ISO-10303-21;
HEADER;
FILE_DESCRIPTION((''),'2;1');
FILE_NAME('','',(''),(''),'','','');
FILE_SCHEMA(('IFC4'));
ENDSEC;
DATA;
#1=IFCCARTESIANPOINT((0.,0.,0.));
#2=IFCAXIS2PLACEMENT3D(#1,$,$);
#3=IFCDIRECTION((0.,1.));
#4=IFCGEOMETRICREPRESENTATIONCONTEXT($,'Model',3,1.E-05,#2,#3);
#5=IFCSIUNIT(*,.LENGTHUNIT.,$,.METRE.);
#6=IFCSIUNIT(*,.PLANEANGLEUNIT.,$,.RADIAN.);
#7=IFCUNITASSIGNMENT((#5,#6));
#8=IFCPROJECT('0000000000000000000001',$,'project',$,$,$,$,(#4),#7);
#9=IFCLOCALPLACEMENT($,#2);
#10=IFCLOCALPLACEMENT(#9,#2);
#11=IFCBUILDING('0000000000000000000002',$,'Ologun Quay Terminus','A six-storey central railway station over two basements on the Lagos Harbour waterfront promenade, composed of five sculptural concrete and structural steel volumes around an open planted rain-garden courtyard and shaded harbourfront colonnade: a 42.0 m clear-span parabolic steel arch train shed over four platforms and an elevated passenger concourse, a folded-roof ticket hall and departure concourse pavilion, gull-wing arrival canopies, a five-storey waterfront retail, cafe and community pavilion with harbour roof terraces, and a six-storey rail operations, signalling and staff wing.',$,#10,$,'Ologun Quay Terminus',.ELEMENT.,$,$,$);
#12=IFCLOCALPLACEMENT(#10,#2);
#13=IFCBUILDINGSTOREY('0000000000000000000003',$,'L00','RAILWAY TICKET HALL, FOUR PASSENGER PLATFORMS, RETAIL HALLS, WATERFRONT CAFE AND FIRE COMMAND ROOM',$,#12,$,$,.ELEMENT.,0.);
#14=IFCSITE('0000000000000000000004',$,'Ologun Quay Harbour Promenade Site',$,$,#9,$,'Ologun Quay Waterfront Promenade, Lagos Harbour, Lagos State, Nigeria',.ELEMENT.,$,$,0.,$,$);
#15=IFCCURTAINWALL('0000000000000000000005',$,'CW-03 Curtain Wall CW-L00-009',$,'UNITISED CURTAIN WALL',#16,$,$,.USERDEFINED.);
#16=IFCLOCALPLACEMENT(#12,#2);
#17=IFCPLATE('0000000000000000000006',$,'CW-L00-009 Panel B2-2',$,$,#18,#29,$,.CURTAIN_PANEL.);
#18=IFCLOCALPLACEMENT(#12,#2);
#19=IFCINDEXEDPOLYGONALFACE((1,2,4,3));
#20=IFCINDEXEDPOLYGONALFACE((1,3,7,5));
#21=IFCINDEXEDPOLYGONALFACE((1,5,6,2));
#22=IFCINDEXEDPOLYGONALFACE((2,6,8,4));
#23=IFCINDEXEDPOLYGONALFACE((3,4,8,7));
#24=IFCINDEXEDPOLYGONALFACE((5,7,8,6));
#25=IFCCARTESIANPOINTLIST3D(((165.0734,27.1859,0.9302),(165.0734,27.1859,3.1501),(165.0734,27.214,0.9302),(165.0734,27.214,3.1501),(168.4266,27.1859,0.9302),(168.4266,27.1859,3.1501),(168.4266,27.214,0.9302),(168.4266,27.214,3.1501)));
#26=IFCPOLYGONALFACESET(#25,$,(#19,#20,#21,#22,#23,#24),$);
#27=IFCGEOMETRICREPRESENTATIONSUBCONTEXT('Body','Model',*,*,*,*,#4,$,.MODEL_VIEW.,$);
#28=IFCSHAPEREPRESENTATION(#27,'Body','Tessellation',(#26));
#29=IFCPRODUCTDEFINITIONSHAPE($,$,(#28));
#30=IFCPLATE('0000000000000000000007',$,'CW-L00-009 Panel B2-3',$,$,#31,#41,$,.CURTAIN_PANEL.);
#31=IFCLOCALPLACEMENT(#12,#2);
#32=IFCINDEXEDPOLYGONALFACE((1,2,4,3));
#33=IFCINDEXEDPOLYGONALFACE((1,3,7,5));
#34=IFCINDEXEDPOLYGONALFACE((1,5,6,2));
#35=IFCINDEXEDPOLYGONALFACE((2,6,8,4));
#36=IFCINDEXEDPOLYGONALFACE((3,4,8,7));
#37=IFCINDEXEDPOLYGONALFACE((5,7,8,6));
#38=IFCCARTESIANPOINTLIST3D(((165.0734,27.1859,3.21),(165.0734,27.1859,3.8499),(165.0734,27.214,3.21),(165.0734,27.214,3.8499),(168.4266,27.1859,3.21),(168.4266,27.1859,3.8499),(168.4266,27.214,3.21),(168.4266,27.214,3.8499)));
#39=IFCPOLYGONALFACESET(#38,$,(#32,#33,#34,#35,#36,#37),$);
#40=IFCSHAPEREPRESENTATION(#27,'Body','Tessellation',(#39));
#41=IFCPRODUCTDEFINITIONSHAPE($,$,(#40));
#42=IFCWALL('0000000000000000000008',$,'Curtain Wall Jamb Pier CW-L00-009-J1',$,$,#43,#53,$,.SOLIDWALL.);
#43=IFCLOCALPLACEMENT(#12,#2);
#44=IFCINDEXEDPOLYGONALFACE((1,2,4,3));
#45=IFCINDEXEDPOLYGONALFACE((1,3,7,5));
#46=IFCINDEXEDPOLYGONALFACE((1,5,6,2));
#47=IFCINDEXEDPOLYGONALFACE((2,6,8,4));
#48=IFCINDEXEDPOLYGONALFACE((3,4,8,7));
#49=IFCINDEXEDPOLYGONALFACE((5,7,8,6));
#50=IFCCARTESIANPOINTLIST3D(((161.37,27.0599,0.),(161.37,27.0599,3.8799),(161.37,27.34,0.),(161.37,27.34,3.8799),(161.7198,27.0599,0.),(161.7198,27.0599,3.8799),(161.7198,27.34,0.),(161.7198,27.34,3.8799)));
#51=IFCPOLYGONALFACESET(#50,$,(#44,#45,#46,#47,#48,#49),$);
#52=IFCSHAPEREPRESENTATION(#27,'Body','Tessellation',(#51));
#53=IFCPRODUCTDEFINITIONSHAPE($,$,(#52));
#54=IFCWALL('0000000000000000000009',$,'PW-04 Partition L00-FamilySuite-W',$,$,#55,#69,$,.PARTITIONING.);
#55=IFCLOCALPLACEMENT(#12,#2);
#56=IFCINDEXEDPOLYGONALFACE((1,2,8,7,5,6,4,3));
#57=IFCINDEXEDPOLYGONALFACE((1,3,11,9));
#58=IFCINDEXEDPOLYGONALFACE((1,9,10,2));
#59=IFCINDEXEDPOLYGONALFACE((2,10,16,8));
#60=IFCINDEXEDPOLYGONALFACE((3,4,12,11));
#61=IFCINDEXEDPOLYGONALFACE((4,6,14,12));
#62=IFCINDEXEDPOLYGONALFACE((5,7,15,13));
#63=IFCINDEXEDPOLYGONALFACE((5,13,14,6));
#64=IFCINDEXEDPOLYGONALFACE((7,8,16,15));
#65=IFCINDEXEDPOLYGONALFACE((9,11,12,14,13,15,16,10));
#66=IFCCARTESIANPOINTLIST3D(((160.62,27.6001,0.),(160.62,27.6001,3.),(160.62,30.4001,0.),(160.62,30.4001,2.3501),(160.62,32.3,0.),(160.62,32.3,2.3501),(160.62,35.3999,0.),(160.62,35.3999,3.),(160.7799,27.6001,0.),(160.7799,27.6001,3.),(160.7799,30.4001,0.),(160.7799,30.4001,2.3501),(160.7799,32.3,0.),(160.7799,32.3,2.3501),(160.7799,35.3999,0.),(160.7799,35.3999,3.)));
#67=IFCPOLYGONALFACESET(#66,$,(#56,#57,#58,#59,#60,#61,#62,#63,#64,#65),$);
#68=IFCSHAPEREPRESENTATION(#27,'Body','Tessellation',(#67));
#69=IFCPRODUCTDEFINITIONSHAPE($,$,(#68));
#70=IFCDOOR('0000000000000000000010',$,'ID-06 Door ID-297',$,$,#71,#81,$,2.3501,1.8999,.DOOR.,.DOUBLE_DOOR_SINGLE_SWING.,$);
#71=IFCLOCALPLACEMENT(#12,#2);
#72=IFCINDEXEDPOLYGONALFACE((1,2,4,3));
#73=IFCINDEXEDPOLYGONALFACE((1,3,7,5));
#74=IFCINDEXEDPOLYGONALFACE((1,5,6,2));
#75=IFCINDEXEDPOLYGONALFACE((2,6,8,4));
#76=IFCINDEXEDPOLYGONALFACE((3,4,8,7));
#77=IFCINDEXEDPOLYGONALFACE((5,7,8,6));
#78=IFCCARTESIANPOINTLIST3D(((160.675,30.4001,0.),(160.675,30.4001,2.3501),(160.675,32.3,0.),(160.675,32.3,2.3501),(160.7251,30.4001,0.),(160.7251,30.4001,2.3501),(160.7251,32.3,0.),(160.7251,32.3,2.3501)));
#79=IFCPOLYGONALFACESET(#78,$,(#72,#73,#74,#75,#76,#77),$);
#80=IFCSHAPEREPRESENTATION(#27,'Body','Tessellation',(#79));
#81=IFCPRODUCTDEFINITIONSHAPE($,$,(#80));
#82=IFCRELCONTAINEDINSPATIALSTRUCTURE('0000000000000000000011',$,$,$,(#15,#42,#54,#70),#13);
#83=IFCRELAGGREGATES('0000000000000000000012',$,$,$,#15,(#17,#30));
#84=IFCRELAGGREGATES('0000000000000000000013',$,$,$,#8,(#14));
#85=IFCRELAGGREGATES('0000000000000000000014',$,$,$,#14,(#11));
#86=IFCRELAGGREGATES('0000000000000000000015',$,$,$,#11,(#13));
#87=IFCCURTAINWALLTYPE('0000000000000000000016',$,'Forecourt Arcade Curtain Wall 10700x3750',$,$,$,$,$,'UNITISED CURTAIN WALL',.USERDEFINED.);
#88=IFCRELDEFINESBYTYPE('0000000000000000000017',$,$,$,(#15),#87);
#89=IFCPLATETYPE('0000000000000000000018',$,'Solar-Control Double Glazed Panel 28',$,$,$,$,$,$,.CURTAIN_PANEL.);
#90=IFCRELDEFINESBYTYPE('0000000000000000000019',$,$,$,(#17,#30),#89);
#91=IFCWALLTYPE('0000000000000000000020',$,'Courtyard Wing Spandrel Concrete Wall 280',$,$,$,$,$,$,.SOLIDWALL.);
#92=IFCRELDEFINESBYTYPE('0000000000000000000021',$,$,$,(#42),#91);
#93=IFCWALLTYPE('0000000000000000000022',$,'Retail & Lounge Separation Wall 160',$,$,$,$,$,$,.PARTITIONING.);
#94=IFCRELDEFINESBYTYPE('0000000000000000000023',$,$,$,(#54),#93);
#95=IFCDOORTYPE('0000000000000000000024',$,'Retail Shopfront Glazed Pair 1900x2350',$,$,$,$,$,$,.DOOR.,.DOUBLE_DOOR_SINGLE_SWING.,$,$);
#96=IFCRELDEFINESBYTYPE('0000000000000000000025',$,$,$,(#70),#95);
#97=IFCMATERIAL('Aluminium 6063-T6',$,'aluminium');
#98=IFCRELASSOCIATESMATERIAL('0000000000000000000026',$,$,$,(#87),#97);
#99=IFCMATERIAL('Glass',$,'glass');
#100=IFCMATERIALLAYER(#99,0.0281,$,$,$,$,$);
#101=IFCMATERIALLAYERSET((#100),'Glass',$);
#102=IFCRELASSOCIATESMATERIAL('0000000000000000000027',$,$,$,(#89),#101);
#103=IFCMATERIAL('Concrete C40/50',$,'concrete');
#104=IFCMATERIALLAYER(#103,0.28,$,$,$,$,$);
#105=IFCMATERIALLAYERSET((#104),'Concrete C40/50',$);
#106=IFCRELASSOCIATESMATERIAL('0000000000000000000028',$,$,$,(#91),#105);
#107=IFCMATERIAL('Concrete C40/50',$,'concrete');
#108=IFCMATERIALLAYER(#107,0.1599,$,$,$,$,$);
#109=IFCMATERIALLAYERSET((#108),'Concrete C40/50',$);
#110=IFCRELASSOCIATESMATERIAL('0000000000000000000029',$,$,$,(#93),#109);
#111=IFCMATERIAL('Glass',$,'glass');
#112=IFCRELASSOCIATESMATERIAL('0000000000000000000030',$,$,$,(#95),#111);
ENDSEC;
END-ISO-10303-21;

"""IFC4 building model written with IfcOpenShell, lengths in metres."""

from ifc_helpers import new_model, si_unit, direction, frame, frame_2d, origin, origin_2d, place, context, subcontext, project, spatial, rectangle, extrude, material, layer, layer_set, type_object, element, fill, aggregate, save


model = new_model("IFC4")

# Units and contexts
model_context = context("Model", 3, precision=1e-05, world=origin(), true_north=direction((0.0, 1.0)))
body_context = subcontext(model_context, "Body", "Model", "MODEL_VIEW")
ifc_project = project(units=[si_unit("LENGTHUNIT", "METRE"), si_unit("PLANEANGLEUNIT", "RADIAN")], contexts=[model_context])

# Site, building, storey
site_placement = place(None, origin())
site = spatial("IfcSite", under=ifc_project, at=site_placement, Name="Ologun Quay Harbour Promenade Site", LongName="Ologun Quay Waterfront Promenade, Lagos Harbour, Lagos State, Nigeria", CompositionType="ELEMENT", RefElevation=0.0)
building_placement = place(site_placement, origin())
building = spatial("IfcBuilding", under=site, at=building_placement, Name="Ologun Quay Terminus", Description="A six-storey central railway station over two basements on the Lagos Harbour waterfront promenade, composed of five sculptural concrete and structural steel volumes around an open planted rain-garden courtyard and shaded harbourfront colonnade: a 42.0 m clear-span parabolic steel arch train shed over four platforms and an elevated passenger concourse, a folded-roof ticket hall and departure concourse pavilion, gull-wing arrival canopies, a five-storey waterfront retail, cafe and community pavilion with harbour roof terraces, and a six-storey rail operations, signalling and staff wing.", LongName="Ologun Quay Terminus", CompositionType="ELEMENT")
storey_placement = place(building_placement, origin())
storey = spatial("IfcBuildingStorey", under=building, at=storey_placement, Name="L00", Description="RAILWAY TICKET HALL, FOUR PASSENGER PLATFORMS, RETAIL HALLS, WATERFRONT CAFE AND FIRE COMMAND ROOM", CompositionType="ELEMENT", Elevation=0.0)

# Curtain wall
ifc_material_1 = material(Name="Aluminium 6063-T6", Category="aluminium")
curtain_wall_type = type_object("IfcCurtainWallType", Name="Forecourt Arcade Curtain Wall 10700x3750", ElementType="UNITISED CURTAIN WALL", PredefinedType="USERDEFINED", material=ifc_material_1)
curtain_wall_placement = place(storey_placement, origin())
curtain_wall = element("IfcCurtainWall", 1, at=curtain_wall_placement, inside=storey, type_object=curtain_wall_type, Name="CW-03 Curtain Wall CW-L00-009", ObjectType="UNITISED CURTAIN WALL", PredefinedType="USERDEFINED")

# Plates
ifc_material_2 = material(Name="Glass", Category="glass")
ifc_layer_1 = layer(ifc_material_2, 0.0281)
ifc_layer_set_1 = layer_set([ifc_layer_1], Name="Glass")
plate_type_1 = type_object("IfcPlateType", Name="Solar-Control Double Glazed Panel 28", PredefinedType="CURTAIN_PANEL", material=ifc_layer_set_1)
plate_1_placement = place(storey_placement, frame((166.75, 27.2, 0.9302), z_axis=(0.0, 0.0, 1.0), x_axis=(1.0, 0.0, 0.0)))
plate_1 = element("IfcPlate", 2, at=plate_1_placement, type_object=plate_type_1, Name="CW-L00-009 Panel B2-2", PredefinedType="CURTAIN_PANEL", context=body_context, shape_type="SweptSolid", body=[
    extrude(rectangle(XDim=3.3533, YDim=0.0281, at=origin_2d()), origin(), (0.0, 0.0, 1.0), 2.22),
])
plate_2_placement = place(storey_placement, frame((166.75, 27.2, 3.21), z_axis=(0.0, 0.0, 1.0), x_axis=(1.0, 0.0, 0.0)))
plate_2 = element("IfcPlate", 3, at=plate_2_placement, type_object=plate_type_1, Name="CW-L00-009 Panel B2-3", PredefinedType="CURTAIN_PANEL", context=body_context, shape_type="SweptSolid", body=[
    extrude(rectangle(XDim=3.3533, YDim=0.0281, at=origin_2d()), origin(), (0.0, 0.0, 1.0), 0.6399),
])
aggregate(curtain_wall, [plate_1, plate_2])

# Wall
ifc_material_3 = material(Name="Concrete C40/50", Category="concrete")
ifc_layer_2 = layer(ifc_material_3, 0.28)
ifc_layer_set_2 = layer_set([ifc_layer_2], Name="Concrete C40/50")
wall_type_1 = type_object("IfcWallType", Name="Courtyard Wing Spandrel Concrete Wall 280", PredefinedType="SOLIDWALL", material=ifc_layer_set_2)
wall_1_placement = place(storey_placement, frame((161.3701, 27.2, 0.0), z_axis=(0.0, 0.0, 1.0), x_axis=(1.0, 0.0, 0.0)))
element("IfcWall", 4, at=wall_1_placement, inside=storey, type_object=wall_type_1, Name="Curtain Wall Jamb Pier CW-L00-009-J1", PredefinedType="SOLIDWALL", context=body_context, shape_type="SweptSolid", body=[
    extrude(rectangle(XDim=0.3499, YDim=0.28, at=frame_2d((0.1748, 0.0))), origin(), (0.0, 0.0, 1.0), 3.8799),
])

# Wall, opening, door
ifc_material_4 = material(Name="Concrete C40/50", Category="concrete")
ifc_layer_3 = layer(ifc_material_4, 0.1599)
ifc_layer_set_3 = layer_set([ifc_layer_3], Name="Concrete C40/50")
wall_type_2 = type_object("IfcWallType", Name="Retail & Lounge Separation Wall 160", PredefinedType="PARTITIONING", material=ifc_layer_set_3)
wall_2_placement = place(storey_placement, frame((160.7, 27.6001, 0.0), z_axis=(0.0, 0.0, 1.0), x_axis=(0.0, 1.0, 0.0)))
wall_2 = element("IfcWall", 5, at=wall_2_placement, inside=storey, type_object=wall_type_2, Name="PW-04 Partition L00-FamilySuite-W", PredefinedType="PARTITIONING", context=body_context, shape_type="SweptSolid", body=[
    extrude(rectangle(XDim=7.7998, YDim=0.1599, at=frame_2d((3.8999, 0.0))), origin(), (0.0, 0.0, 1.0), 3.0),
])
opening_placement = place(wall_2_placement, frame((2.8, 0.0, 0.0)))
opening = element("IfcOpeningElement", 6, at=opening_placement, cuts=wall_2, PredefinedType="OPENING", context=body_context, shape_type="SweptSolid", body=[
    extrude(rectangle(XDim=1.8999, YDim=2.3501, at=frame_2d((0.95, 1.175))), frame((0.0, 0.0898, 0.0), z_axis=(0.0, -1.0, 0.0), x_axis=(1.0, 0.0, 0.0)), (0.0, 0.0, 1.0), 0.1799),
])
ifc_material_5 = material(Name="Glass", Category="glass")
door_type = type_object("IfcDoorType", Name="Retail Shopfront Glazed Pair 1900x2350", OperationType="DOUBLE_DOOR_SINGLE_SWING", PredefinedType="DOOR", material=ifc_material_5)
door_placement = place(opening_placement, origin())
door = element("IfcDoor", 7, at=door_placement, inside=storey, type_object=door_type, Name="ID-06 Door ID-297", OperationType="DOUBLE_DOOR_SINGLE_SWING", OverallHeight=2.3501, OverallWidth=1.8999, PredefinedType="DOOR", context=body_context, shape_type="SweptSolid", body=[
    extrude(rectangle(XDim=1.8999, YDim=2.3501, at=frame_2d((0.95, 1.175))), frame((0.0, 0.0249, 0.0), z_axis=(0.0, -1.0, 0.0), x_axis=(1.0, 0.0, 0.0)), (0.0, 0.0, 1.0), 0.05),
])
fill(opening, door)

save(model, "model.ifc")
